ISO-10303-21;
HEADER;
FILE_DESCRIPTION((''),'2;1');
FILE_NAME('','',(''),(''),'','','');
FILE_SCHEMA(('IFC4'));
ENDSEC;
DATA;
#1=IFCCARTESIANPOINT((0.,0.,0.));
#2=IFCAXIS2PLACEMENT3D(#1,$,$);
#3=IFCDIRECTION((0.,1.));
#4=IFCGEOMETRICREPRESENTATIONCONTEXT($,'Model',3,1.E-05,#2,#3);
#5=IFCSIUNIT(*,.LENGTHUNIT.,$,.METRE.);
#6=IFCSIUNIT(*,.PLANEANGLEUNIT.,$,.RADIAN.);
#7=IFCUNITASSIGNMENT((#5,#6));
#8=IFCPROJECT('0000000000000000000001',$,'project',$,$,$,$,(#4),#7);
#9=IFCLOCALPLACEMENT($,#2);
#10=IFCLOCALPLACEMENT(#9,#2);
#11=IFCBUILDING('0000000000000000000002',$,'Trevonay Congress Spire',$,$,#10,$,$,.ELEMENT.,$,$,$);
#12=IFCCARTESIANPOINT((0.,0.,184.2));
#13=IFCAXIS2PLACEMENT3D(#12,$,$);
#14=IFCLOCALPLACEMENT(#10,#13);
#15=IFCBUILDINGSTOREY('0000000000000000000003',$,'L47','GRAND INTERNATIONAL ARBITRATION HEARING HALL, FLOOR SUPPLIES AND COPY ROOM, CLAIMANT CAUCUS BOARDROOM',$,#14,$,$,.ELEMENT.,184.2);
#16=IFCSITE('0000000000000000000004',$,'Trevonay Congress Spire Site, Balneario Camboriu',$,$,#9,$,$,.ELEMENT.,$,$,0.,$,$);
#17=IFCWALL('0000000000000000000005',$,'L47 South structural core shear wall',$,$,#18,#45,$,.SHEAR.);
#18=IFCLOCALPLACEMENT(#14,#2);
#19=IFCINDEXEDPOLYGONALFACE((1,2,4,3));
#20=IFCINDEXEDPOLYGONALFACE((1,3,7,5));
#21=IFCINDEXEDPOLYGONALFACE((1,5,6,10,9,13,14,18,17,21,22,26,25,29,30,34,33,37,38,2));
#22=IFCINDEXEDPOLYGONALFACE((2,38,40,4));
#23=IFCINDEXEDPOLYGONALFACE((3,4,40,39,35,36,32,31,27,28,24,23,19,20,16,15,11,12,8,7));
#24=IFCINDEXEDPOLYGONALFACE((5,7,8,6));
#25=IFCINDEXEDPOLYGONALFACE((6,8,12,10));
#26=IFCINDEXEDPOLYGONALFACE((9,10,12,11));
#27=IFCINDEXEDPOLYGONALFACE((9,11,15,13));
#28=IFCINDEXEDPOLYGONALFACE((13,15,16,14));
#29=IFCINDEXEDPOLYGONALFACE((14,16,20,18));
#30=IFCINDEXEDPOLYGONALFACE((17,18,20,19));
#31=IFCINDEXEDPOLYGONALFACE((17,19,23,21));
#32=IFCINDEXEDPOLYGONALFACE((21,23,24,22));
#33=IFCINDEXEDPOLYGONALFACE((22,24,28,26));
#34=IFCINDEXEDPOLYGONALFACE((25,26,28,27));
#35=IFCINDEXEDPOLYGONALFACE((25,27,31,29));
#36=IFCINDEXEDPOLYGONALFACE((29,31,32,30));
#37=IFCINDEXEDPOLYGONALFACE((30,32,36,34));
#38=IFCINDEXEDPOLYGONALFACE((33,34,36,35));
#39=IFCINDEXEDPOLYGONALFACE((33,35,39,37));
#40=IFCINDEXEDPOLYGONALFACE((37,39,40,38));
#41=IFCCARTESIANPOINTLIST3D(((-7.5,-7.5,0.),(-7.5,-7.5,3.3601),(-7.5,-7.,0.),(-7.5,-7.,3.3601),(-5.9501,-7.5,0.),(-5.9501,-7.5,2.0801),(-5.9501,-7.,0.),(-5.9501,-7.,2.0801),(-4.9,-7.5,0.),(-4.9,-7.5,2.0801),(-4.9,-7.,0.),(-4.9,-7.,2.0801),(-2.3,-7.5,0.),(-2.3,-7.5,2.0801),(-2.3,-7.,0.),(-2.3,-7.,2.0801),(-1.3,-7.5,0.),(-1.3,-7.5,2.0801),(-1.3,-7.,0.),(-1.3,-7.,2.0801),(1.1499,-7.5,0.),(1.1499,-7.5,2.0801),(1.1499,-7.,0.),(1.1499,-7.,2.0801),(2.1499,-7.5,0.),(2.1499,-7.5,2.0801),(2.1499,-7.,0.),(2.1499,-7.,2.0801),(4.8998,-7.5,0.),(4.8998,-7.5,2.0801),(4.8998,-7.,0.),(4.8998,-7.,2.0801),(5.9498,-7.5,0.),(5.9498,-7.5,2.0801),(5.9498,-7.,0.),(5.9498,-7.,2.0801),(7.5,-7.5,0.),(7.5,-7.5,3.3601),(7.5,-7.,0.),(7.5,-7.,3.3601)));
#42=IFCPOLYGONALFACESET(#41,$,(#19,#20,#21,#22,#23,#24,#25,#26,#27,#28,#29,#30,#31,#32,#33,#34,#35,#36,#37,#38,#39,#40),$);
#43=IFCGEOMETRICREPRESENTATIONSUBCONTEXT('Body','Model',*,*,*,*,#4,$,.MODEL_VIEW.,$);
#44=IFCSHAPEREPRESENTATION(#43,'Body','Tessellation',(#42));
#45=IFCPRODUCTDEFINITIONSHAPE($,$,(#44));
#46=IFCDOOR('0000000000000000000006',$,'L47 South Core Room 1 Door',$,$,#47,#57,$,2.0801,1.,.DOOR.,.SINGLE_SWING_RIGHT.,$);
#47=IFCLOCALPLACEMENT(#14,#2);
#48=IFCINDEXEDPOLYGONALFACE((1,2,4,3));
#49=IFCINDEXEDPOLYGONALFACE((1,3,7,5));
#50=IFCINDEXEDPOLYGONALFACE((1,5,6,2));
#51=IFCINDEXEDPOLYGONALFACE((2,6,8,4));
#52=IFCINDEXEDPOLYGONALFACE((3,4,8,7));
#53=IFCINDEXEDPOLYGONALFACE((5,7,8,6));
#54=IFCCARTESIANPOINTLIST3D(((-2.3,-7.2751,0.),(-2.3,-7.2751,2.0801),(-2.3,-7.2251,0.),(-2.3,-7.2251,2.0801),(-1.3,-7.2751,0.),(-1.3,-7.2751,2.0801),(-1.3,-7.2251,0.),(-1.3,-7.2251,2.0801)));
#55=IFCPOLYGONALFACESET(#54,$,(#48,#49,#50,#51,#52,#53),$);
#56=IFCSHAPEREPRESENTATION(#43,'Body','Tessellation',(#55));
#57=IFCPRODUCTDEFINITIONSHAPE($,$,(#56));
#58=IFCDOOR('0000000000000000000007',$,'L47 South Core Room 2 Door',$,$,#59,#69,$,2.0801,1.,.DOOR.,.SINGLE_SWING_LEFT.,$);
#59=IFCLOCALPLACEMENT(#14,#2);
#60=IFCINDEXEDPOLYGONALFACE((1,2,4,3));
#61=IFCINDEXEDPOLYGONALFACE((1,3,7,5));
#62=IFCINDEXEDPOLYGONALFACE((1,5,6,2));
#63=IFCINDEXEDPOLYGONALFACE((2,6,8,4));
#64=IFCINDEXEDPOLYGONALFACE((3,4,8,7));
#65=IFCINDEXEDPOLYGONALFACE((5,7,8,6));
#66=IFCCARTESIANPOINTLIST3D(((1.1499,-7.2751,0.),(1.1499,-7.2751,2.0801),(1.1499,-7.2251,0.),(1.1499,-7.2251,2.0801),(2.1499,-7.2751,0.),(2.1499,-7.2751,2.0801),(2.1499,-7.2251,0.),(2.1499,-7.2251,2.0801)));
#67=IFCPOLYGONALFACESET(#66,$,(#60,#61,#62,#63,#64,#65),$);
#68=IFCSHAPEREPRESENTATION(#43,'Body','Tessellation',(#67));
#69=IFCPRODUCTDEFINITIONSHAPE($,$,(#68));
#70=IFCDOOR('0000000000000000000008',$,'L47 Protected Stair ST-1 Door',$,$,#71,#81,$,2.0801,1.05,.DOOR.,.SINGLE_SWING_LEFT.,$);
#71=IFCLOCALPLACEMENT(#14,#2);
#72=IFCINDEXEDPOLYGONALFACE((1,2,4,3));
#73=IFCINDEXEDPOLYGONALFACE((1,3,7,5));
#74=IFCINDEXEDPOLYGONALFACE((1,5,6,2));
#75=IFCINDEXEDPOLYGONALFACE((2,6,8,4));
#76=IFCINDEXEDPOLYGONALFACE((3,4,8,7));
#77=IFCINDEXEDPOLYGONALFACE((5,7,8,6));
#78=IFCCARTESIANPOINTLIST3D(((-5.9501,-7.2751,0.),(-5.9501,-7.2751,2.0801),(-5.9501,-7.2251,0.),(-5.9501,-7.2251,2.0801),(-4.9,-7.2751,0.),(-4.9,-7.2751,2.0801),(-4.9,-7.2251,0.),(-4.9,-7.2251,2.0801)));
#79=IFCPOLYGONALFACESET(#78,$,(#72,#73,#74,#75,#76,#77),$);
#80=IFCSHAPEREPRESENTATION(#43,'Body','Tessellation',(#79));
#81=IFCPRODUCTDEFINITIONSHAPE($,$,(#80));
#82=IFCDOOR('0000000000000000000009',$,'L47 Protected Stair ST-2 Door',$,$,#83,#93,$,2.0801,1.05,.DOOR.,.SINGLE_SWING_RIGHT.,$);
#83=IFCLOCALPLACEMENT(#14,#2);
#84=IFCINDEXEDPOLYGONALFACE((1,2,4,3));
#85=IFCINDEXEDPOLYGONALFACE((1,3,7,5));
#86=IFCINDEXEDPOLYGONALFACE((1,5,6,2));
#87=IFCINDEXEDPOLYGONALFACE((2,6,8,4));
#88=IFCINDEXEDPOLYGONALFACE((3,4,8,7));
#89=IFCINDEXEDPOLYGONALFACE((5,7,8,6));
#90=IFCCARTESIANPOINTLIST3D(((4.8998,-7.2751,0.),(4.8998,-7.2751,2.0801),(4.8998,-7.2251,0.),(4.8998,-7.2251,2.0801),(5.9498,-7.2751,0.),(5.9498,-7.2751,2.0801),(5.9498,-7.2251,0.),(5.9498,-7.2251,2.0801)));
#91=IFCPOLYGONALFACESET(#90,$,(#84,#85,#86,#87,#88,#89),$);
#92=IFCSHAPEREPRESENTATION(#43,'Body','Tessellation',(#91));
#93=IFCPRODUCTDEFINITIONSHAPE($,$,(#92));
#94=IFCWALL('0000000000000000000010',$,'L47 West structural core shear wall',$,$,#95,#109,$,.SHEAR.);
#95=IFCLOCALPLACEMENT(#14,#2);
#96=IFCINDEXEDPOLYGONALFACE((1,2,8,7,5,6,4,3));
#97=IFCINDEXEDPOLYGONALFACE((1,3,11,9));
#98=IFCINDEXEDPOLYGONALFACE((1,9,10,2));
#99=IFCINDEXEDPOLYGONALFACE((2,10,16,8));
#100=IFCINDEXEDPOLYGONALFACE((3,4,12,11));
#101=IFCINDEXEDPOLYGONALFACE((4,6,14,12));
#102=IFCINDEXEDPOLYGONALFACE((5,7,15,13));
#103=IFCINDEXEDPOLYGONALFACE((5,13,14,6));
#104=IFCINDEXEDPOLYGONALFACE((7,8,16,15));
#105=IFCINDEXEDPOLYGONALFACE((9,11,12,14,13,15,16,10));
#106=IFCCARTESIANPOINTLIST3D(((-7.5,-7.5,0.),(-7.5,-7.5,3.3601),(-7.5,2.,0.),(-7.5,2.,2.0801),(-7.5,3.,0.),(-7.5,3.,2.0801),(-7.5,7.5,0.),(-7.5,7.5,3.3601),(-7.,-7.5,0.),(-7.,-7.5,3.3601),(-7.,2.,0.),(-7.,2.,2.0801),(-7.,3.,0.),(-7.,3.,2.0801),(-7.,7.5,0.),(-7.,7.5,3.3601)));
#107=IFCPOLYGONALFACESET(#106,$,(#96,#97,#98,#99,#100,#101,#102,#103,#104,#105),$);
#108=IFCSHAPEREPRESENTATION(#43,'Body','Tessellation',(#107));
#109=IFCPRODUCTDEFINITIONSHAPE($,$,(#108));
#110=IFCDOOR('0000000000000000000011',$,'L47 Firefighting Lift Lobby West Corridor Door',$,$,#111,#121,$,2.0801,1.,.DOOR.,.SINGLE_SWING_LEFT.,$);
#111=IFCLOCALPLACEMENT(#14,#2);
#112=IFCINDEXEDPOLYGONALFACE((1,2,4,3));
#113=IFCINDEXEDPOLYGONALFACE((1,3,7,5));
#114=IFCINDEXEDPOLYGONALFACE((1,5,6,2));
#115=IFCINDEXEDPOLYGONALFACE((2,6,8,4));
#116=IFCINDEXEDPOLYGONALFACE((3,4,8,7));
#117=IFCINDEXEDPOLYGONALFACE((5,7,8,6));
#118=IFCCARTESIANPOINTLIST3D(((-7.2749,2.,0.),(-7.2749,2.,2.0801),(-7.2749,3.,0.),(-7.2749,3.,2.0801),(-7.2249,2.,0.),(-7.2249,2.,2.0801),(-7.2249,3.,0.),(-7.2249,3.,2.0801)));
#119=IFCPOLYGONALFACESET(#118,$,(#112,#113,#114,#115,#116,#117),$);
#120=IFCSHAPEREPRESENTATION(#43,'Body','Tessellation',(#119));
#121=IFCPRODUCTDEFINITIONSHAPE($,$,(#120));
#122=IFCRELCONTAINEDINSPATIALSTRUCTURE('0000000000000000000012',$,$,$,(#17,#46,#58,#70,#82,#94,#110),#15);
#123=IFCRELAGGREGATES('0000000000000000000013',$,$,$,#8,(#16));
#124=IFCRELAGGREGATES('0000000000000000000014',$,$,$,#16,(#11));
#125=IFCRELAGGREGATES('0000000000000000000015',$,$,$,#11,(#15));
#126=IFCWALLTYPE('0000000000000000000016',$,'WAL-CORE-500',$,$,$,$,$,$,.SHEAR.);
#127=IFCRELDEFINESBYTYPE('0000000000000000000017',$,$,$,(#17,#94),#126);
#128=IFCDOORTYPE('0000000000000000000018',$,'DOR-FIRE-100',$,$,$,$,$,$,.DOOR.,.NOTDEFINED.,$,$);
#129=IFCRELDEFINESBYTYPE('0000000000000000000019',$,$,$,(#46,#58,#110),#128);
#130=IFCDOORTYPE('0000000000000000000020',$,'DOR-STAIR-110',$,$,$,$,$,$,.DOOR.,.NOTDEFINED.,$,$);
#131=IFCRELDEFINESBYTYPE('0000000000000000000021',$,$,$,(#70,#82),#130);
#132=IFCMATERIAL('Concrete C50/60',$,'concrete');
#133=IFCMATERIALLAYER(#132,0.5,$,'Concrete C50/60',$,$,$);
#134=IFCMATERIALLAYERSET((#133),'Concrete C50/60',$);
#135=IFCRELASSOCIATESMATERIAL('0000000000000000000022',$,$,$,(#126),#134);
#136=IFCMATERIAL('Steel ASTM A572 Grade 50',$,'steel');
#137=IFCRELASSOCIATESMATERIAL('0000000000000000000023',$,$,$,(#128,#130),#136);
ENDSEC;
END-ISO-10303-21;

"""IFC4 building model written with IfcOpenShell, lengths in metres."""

from ifc_helpers import new_model, si_unit, direction, frame, frame_2d, origin, place, context, subcontext, project, spatial, rectangle, extrude, material, layer, layer_set, type_object, element, fill, save


model = new_model("IFC4")

# Units and contexts
model_context = context("Model", 3, precision=1e-05, world=origin(), true_north=direction((0.0, 1.0)))
body_context = subcontext(model_context, "Body", "Model", "MODEL_VIEW")
ifc_project = project(units=[si_unit("LENGTHUNIT", "METRE"), si_unit("PLANEANGLEUNIT", "RADIAN")], contexts=[model_context])

# Site, building, storey
site_placement = place(None, origin())
site = spatial("IfcSite", under=ifc_project, at=site_placement, Name="Trevonay Congress Spire Site, Balneario Camboriu", CompositionType="ELEMENT", RefElevation=0.0)
building_placement = place(site_placement, origin())
building = spatial("IfcBuilding", under=site, at=building_placement, Name="Trevonay Congress Spire", CompositionType="ELEMENT")
storey_placement = place(building_placement, frame((0.0, 0.0, 184.2)))
storey = spatial("IfcBuildingStorey", under=building, at=storey_placement, Name="L47", Description="GRAND INTERNATIONAL ARBITRATION HEARING HALL, FLOOR SUPPLIES AND COPY ROOM, CLAIMANT CAUCUS BOARDROOM", CompositionType="ELEMENT", Elevation=184.2)

# Shared definitions
ifc_material_1 = material(Name="Steel ASTM A572 Grade 50", Category="steel")

# Wall, openings, doors
ifc_material_2 = material(Name="Concrete C50/60", Category="concrete")
ifc_layer_1 = layer(ifc_material_2, 0.5, Name="Concrete C50/60")
ifc_layer_set_1 = layer_set([ifc_layer_1], Name="Concrete C50/60")
wall_type_1 = type_object("IfcWallType", Name="WAL-CORE-500", PredefinedType="SHEAR", material=ifc_layer_set_1)
wall_1_placement = place(storey_placement, frame((-7.5, -7.25, 0.0), z_axis=(0.0, 0.0, 1.0), x_axis=(1.0, 0.0, 0.0)))
wall_1 = element("IfcWall", 1, at=wall_1_placement, inside=storey, type_object=wall_type_1, Name="L47 South structural core shear wall", PredefinedType="SHEAR", context=body_context, shape_type="SweptSolid", body=[
    extrude(rectangle(XDim=15.0, YDim=0.5, at=frame_2d((7.5, 0.0))), origin(), (0.0, 0.0, 1.0), 3.3601),
])
opening_1_placement = place(wall_1_placement, frame((1.55, 0.0, 0.0)))
opening_1 = element("IfcOpeningElement", 2, at=opening_1_placement, cuts=wall_1, PredefinedType="OPENING", context=body_context, shape_type="SweptSolid", body=[
    extrude(rectangle(XDim=1.05, YDim=2.0801, at=frame_2d((0.5249, 1.04))), frame((0.0, 0.26, 0.0), z_axis=(0.0, -1.0, 0.0), x_axis=(1.0, 0.0, 0.0)), (0.0, 0.0, 1.0), 0.52),
])
opening_2_placement = place(wall_1_placement, frame((12.3999, 0.0, 0.0)))
opening_2 = element("IfcOpeningElement", 3, at=opening_2_placement, cuts=wall_1, PredefinedType="OPENING", context=body_context, shape_type="SweptSolid", body=[
    extrude(rectangle(XDim=1.05, YDim=2.0801, at=frame_2d((0.5249, 1.04))), frame((0.0, 0.26, 0.0), z_axis=(0.0, -1.0, 0.0), x_axis=(1.0, 0.0, 0.0)), (0.0, 0.0, 1.0), 0.52),
])
opening_3_placement = place(wall_1_placement, frame((5.2, 0.0, 0.0)))
opening_3 = element("IfcOpeningElement", 4, at=opening_3_placement, cuts=wall_1, PredefinedType="OPENING", context=body_context, shape_type="SweptSolid", body=[
    extrude(rectangle(XDim=1.0, YDim=2.0801, at=frame_2d((0.5, 1.04))), frame((0.0, 0.26, 0.0), z_axis=(0.0, -1.0, 0.0), x_axis=(1.0, 0.0, 0.0)), (0.0, 0.0, 1.0), 0.52),
])
opening_4_placement = place(wall_1_placement, frame((8.6499, 0.0, 0.0)))
opening_4 = element("IfcOpeningElement", 5, at=opening_4_placement, cuts=wall_1, PredefinedType="OPENING", context=body_context, shape_type="SweptSolid", body=[
    extrude(rectangle(XDim=1.0, YDim=2.0801, at=frame_2d((0.5, 1.04))), frame((0.0, 0.26, 0.0), z_axis=(0.0, -1.0, 0.0), x_axis=(1.0, 0.0, 0.0)), (0.0, 0.0, 1.0), 0.52),
])
door_type_1 = type_object("IfcDoorType", Name="DOR-FIRE-100", OperationType="NOTDEFINED", PredefinedType="DOOR", material=ifc_material_1)
door_1_placement = place(opening_3_placement, origin())
door_1 = element("IfcDoor", 6, at=door_1_placement, inside=storey, type_object=door_type_1, Name="L47 South Core Room 1 Door", OperationType="SINGLE_SWING_RIGHT", OverallHeight=2.0801, OverallWidth=1.0, PredefinedType="DOOR", context=body_context, shape_type="SweptSolid", body=[
    extrude(rectangle(XDim=1.0, YDim=2.0801, at=frame_2d((0.5, 1.04))), frame((0.0, 0.0249, 0.0), z_axis=(0.0, -1.0, 0.0), x_axis=(1.0, 0.0, 0.0)), (0.0, 0.0, 1.0), 0.05),
])
fill(opening_3, door_1)
door_2_placement = place(opening_4_placement, origin())
door_2 = element("IfcDoor", 7, at=door_2_placement, inside=storey, type_object=door_type_1, Name="L47 South Core Room 2 Door", OperationType="SINGLE_SWING_LEFT", OverallHeight=2.0801, OverallWidth=1.0, PredefinedType="DOOR", context=body_context, shape_type="SweptSolid", body=[
    extrude(rectangle(XDim=1.0, YDim=2.0801, at=frame_2d((0.5, 1.04))), frame((0.0, 0.0249, 0.0), z_axis=(0.0, -1.0, 0.0), x_axis=(1.0, 0.0, 0.0)), (0.0, 0.0, 1.0), 0.05),
])
fill(opening_4, door_2)
door_type_2 = type_object("IfcDoorType", Name="DOR-STAIR-110", OperationType="NOTDEFINED", PredefinedType="DOOR", material=ifc_material_1)
door_3_placement = place(opening_1_placement, origin())
door_3 = element("IfcDoor", 8, at=door_3_placement, inside=storey, type_object=door_type_2, Name="L47 Protected Stair ST-1 Door", OperationType="SINGLE_SWING_LEFT", OverallHeight=2.0801, OverallWidth=1.05, PredefinedType="DOOR", context=body_context, shape_type="SweptSolid", body=[
    extrude(rectangle(XDim=1.05, YDim=2.0801, at=frame_2d((0.5249, 1.04))), frame((0.0, 0.0249, 0.0), z_axis=(0.0, -1.0, 0.0), x_axis=(1.0, 0.0, 0.0)), (0.0, 0.0, 1.0), 0.05),
])
fill(opening_1, door_3)
door_4_placement = place(opening_2_placement, origin())
door_4 = element("IfcDoor", 9, at=door_4_placement, inside=storey, type_object=door_type_2, Name="L47 Protected Stair ST-2 Door", OperationType="SINGLE_SWING_RIGHT", OverallHeight=2.0801, OverallWidth=1.05, PredefinedType="DOOR", context=body_context, shape_type="SweptSolid", body=[
    extrude(rectangle(XDim=1.05, YDim=2.0801, at=frame_2d((0.5249, 1.04))), frame((0.0, 0.0249, 0.0), z_axis=(0.0, -1.0, 0.0), x_axis=(1.0, 0.0, 0.0)), (0.0, 0.0, 1.0), 0.05),
])
fill(opening_2, door_4)

# Wall, opening, door
wall_2_placement = place(storey_placement, frame((-7.25, -7.5, 0.0), z_axis=(0.0, 0.0, 1.0), x_axis=(0.0, 1.0, 0.0)))
wall_2 = element("IfcWall", 10, at=wall_2_placement, inside=storey, type_object=wall_type_1, Name="L47 West structural core shear wall", PredefinedType="SHEAR", context=body_context, shape_type="SweptSolid", body=[
    extrude(rectangle(XDim=15.0, YDim=0.5, at=frame_2d((7.5, 0.0))), origin(), (0.0, 0.0, 1.0), 3.3601),
])
opening_5_placement = place(wall_2_placement, frame((9.5, 0.0, 0.0)))
opening_5 = element("IfcOpeningElement", 11, at=opening_5_placement, cuts=wall_2, PredefinedType="OPENING", context=body_context, shape_type="SweptSolid", body=[
    extrude(rectangle(XDim=1.0, YDim=2.0801, at=frame_2d((0.5, 1.04))), frame((0.0, 0.26, 0.0), z_axis=(0.0, -1.0, 0.0), x_axis=(1.0, 0.0, 0.0)), (0.0, 0.0, 1.0), 0.52),
])
door_5_placement = place(opening_5_placement, origin())
door_5 = element("IfcDoor", 12, at=door_5_placement, inside=storey, type_object=door_type_1, Name="L47 Firefighting Lift Lobby West Corridor Door", OperationType="SINGLE_SWING_LEFT", OverallHeight=2.0801, OverallWidth=1.0, PredefinedType="DOOR", context=body_context, shape_type="SweptSolid", body=[
    extrude(rectangle(XDim=1.0, YDim=2.0801, at=frame_2d((0.5, 1.04))), frame((0.0, 0.0249, 0.0), z_axis=(0.0, -1.0, 0.0), x_axis=(1.0, 0.0, 0.0)), (0.0, 0.0, 1.0), 0.05),
])
fill(opening_5, door_5)

save(model, "model.ifc")
